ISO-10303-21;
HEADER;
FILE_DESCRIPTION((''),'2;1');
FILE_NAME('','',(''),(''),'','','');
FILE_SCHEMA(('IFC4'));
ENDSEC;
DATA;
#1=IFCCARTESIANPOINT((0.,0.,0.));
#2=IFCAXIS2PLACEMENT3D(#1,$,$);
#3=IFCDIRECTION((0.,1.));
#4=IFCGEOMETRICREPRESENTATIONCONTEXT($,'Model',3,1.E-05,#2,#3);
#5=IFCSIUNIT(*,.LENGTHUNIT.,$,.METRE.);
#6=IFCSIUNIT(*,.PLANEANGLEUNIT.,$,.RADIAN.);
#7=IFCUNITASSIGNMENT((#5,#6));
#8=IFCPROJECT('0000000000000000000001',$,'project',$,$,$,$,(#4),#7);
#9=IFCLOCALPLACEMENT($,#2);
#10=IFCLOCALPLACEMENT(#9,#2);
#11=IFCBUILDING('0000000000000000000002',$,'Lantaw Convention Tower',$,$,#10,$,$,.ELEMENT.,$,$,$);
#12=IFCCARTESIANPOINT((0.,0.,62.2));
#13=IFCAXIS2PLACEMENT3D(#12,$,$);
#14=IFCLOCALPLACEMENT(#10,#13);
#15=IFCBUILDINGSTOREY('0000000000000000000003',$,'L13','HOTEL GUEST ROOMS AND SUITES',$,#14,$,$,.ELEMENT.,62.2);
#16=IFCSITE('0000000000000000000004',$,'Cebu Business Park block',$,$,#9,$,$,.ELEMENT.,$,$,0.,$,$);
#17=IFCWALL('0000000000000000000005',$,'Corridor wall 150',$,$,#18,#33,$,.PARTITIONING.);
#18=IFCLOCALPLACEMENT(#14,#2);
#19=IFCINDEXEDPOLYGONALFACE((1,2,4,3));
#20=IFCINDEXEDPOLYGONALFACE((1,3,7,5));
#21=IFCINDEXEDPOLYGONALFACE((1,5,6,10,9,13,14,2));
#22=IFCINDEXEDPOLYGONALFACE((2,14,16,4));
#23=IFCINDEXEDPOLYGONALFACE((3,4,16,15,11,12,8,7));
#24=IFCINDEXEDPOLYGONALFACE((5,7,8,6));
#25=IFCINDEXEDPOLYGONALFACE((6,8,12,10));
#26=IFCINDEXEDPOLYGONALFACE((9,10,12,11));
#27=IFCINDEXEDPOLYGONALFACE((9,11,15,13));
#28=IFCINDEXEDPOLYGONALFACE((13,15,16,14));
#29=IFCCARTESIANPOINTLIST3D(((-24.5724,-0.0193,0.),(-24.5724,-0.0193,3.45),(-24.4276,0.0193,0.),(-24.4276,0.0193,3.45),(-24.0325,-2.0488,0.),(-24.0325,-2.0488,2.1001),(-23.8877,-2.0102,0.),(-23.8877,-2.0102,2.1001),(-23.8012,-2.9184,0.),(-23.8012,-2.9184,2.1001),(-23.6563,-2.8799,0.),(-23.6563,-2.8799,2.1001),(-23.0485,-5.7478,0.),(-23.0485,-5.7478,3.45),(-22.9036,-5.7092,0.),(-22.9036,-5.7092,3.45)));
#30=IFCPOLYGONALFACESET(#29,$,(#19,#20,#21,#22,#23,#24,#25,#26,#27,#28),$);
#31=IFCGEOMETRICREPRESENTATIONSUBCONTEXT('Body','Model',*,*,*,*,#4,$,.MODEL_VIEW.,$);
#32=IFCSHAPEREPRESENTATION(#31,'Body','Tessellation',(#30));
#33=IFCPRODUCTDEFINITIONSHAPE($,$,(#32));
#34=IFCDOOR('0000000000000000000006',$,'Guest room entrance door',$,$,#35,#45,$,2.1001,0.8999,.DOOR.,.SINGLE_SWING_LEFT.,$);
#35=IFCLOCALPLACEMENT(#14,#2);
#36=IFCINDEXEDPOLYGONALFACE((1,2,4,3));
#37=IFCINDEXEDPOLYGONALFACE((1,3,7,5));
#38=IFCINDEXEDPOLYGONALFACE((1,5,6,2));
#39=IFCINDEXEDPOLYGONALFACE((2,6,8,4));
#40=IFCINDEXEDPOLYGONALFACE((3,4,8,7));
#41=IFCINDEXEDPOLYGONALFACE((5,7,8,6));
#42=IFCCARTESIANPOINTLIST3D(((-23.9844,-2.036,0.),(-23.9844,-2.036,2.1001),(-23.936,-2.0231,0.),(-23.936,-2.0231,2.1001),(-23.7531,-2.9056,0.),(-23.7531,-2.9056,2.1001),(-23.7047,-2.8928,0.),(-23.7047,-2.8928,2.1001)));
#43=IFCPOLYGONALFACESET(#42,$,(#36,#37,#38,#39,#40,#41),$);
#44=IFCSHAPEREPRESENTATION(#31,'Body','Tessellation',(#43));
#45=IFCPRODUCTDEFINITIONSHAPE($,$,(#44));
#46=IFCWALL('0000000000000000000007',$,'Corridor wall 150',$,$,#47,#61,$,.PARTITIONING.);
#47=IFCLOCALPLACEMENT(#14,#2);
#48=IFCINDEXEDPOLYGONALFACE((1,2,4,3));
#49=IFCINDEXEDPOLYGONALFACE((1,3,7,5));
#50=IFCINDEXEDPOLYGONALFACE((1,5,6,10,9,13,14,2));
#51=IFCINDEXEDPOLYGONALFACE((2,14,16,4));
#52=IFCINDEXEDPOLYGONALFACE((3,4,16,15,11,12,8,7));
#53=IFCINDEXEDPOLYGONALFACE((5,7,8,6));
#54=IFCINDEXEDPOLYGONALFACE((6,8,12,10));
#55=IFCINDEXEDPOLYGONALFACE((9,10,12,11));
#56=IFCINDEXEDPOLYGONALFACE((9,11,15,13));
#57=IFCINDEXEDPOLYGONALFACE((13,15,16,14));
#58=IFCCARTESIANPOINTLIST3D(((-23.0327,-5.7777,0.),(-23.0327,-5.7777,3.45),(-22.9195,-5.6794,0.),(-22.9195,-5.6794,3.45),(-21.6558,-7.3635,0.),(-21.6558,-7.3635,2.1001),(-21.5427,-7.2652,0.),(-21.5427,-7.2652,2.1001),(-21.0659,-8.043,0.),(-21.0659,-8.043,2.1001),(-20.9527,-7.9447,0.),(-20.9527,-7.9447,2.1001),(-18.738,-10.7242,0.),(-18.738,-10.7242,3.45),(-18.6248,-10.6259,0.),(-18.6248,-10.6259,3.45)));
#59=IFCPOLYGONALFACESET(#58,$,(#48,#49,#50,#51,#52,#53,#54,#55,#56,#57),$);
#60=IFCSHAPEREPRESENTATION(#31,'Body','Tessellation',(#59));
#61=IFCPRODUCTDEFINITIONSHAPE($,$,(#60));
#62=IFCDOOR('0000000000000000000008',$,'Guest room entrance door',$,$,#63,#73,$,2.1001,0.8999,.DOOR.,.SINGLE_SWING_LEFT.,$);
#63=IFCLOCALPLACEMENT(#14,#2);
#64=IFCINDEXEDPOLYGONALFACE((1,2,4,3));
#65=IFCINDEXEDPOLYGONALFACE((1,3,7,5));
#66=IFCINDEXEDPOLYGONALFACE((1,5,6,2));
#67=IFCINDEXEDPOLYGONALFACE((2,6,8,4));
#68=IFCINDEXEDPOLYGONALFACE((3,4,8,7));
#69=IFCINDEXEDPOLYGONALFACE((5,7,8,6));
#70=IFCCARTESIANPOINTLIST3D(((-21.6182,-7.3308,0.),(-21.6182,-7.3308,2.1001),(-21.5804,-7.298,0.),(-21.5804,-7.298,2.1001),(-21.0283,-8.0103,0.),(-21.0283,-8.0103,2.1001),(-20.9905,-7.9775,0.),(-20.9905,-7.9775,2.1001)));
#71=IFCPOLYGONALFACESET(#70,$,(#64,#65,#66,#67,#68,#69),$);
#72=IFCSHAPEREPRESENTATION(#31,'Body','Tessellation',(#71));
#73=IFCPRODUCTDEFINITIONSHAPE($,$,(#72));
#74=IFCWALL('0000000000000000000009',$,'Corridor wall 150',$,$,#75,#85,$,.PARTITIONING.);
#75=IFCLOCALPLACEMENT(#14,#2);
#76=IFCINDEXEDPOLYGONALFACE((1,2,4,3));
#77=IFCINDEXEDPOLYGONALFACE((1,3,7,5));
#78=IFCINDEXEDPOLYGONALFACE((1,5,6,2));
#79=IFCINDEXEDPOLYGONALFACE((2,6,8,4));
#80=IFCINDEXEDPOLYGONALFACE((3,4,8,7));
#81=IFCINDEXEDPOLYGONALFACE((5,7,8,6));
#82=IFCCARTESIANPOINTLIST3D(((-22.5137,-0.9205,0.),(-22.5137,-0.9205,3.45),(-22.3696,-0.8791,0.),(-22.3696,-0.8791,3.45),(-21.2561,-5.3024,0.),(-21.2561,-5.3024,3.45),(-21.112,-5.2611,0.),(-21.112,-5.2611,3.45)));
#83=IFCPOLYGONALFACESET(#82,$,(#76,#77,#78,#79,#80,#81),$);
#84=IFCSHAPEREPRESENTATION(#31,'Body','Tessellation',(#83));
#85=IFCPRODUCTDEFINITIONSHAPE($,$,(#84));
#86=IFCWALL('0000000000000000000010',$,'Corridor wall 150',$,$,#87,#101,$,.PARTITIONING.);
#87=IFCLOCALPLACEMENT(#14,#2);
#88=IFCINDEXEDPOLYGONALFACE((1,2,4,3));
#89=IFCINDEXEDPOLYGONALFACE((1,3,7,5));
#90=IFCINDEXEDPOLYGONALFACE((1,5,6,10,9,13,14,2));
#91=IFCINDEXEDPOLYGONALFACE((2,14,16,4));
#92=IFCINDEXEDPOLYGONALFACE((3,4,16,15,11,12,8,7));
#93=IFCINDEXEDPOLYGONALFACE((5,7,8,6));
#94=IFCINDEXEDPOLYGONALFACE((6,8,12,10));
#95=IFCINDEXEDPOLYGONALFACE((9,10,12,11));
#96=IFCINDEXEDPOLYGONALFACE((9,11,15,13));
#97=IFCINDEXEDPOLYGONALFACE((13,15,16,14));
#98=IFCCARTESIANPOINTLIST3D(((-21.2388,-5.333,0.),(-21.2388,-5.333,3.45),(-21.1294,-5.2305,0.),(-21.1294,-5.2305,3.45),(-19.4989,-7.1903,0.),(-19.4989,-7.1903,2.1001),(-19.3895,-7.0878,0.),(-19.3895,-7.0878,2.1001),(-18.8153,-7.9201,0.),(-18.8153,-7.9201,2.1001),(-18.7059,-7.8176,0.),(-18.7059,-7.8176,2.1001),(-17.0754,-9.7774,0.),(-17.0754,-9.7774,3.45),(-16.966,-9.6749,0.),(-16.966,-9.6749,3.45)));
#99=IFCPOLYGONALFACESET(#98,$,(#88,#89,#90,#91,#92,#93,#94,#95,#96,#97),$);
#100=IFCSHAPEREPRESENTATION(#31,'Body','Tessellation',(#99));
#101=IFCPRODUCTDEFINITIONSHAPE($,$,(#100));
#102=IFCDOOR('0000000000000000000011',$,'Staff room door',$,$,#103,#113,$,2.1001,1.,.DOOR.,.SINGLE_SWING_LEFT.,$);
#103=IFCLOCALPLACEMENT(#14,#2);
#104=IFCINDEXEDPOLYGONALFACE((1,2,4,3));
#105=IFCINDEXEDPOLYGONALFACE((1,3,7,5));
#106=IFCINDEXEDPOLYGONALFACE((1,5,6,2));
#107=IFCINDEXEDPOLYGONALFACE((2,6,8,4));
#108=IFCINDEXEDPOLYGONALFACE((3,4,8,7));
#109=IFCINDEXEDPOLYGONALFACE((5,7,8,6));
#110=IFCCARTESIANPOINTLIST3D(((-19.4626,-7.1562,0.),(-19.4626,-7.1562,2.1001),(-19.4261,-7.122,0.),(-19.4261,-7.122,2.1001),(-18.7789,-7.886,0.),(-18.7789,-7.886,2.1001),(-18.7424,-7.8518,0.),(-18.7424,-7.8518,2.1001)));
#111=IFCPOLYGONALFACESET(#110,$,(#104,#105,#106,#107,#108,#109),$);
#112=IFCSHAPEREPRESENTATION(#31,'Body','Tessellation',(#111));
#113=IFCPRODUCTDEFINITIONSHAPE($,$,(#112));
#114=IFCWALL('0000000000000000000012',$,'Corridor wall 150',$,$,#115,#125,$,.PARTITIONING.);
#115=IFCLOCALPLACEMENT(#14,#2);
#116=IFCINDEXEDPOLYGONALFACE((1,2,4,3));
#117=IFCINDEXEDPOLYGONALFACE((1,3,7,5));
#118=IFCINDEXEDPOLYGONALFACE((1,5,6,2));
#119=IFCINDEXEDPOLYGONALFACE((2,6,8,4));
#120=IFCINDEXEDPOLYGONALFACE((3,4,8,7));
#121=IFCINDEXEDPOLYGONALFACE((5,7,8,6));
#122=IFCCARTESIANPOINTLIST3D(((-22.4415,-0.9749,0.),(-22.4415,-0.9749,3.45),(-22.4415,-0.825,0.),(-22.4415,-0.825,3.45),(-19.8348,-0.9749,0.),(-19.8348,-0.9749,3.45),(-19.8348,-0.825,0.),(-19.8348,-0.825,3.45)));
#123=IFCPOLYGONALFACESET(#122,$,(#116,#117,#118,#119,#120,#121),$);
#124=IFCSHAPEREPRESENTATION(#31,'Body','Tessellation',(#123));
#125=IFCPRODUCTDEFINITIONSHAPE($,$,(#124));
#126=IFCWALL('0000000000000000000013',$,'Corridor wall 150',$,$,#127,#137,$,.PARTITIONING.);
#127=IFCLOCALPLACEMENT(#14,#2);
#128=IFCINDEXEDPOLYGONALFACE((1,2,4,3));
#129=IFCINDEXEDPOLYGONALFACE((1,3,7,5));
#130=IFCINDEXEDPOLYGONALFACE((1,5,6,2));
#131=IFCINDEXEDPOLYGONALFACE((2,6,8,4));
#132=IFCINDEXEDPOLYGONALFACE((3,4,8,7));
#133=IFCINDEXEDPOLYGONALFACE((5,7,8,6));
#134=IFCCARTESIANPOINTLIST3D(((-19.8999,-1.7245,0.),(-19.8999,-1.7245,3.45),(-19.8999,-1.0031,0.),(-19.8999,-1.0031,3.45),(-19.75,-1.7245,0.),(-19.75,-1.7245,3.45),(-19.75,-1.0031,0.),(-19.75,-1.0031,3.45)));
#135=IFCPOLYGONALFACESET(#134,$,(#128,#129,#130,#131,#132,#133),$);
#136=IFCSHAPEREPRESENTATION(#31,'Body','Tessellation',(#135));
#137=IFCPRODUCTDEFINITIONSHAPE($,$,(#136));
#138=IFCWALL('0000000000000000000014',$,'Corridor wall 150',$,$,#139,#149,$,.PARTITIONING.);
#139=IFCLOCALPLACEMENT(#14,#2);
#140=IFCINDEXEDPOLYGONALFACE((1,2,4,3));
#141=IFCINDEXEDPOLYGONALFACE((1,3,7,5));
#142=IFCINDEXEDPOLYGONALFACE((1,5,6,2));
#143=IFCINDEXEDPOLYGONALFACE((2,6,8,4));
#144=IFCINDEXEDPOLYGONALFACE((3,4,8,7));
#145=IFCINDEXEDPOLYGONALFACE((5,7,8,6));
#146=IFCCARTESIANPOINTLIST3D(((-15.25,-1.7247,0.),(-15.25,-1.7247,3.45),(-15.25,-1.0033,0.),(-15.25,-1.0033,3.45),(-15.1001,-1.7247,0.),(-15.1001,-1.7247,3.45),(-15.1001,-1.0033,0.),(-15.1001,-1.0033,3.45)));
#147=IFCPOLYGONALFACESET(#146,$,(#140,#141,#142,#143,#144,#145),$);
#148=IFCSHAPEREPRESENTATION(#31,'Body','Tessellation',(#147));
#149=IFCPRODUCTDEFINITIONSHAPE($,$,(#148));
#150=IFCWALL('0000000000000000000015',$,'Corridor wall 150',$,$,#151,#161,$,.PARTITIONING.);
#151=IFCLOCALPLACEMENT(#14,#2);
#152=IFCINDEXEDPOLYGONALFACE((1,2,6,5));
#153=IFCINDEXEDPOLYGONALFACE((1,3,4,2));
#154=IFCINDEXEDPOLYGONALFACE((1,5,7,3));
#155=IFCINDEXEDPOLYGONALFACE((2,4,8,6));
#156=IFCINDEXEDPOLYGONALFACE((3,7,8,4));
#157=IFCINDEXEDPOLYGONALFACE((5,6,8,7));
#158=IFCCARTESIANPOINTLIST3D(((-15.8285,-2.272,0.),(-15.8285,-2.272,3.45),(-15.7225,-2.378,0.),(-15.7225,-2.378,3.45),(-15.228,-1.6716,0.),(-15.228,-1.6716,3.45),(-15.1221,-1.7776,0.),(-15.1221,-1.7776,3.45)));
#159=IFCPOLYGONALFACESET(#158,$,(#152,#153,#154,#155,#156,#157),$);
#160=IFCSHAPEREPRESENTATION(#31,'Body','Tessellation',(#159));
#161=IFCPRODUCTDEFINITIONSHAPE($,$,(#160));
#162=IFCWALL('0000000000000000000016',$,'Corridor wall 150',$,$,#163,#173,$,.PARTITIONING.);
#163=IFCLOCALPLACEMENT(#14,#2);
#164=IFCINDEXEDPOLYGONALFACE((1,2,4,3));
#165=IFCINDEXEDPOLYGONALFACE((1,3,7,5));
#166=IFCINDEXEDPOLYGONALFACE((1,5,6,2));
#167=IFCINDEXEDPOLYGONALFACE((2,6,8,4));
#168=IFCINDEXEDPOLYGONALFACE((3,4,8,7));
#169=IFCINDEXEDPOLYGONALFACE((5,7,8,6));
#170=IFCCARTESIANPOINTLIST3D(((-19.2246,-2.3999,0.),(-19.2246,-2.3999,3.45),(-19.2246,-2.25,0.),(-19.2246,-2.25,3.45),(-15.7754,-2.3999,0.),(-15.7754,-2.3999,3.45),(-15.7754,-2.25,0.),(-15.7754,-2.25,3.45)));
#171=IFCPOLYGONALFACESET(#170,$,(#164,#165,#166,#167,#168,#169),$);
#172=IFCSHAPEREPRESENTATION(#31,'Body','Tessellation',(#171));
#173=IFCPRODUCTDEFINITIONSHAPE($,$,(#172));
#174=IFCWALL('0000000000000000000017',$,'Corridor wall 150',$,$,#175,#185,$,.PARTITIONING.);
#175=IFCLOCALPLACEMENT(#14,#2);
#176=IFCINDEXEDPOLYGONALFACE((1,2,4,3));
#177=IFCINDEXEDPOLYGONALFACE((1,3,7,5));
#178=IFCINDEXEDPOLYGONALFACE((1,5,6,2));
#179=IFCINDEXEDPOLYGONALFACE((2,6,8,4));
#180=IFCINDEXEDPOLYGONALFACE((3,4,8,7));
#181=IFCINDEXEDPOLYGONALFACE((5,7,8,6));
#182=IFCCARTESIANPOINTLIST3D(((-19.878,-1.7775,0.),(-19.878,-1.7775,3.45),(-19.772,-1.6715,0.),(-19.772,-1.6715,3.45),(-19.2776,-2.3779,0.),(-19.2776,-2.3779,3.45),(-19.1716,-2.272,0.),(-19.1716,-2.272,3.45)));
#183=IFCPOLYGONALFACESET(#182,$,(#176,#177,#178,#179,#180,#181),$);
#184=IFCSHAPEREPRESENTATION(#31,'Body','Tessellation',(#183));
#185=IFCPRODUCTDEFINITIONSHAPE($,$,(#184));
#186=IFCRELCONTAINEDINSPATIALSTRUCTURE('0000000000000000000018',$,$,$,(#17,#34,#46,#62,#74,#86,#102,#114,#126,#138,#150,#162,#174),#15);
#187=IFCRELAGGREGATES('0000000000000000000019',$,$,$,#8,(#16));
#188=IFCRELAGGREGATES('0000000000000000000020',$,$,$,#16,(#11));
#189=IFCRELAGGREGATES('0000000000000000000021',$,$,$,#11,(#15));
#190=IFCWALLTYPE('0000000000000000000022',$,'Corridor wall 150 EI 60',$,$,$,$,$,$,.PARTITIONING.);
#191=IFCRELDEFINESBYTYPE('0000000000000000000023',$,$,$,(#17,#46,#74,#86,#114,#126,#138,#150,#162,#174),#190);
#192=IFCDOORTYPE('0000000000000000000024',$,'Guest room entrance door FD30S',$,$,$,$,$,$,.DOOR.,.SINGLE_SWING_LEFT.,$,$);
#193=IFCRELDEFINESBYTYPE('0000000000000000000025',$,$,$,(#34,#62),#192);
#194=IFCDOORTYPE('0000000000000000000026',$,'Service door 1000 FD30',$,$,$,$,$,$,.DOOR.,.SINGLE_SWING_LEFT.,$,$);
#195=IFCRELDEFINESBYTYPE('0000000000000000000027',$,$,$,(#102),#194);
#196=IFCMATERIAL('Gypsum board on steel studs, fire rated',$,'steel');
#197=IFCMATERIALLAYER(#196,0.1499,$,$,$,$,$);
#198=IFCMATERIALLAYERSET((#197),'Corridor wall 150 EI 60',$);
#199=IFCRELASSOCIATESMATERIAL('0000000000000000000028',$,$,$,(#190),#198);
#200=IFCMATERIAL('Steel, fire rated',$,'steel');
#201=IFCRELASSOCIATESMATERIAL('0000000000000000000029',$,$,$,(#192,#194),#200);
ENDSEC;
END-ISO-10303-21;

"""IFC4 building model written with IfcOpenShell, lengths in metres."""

from ifc_helpers import new_model, si_unit, direction, frame, frame_2d, origin, place, context, subcontext, project, spatial, rectangle, extrude, material, layer, layer_set, type_object, element, fill, save


model = new_model("IFC4")

# Units and contexts
model_context = context("Model", 3, precision=1e-05, world=origin(), true_north=direction((0.0, 1.0)))
body_context = subcontext(model_context, "Body", "Model", "MODEL_VIEW")
ifc_project = project(units=[si_unit("LENGTHUNIT", "METRE"), si_unit("PLANEANGLEUNIT", "RADIAN")], contexts=[model_context])

# Site, building, storey
site_placement = place(None, origin())
site = spatial("IfcSite", under=ifc_project, at=site_placement, Name="Cebu Business Park block", CompositionType="ELEMENT", RefElevation=0.0)
building_placement = place(site_placement, origin())
building = spatial("IfcBuilding", under=site, at=building_placement, Name="Lantaw Convention Tower", CompositionType="ELEMENT")
storey_placement = place(building_placement, frame((0.0, 0.0, 62.2)))
storey = spatial("IfcBuildingStorey", under=building, at=storey_placement, Name="L13", Description="HOTEL GUEST ROOMS AND SUITES", CompositionType="ELEMENT", Elevation=62.2)

# Walls, openings, doors
ifc_material_1 = material(Name="Gypsum board on steel studs, fire rated", Category="steel")
ifc_layer_1 = layer(ifc_material_1, 0.1499)
ifc_layer_set_1 = layer_set([ifc_layer_1], Name="Corridor wall 150 EI 60")
wall_type_1 = type_object("IfcWallType", Name="Corridor wall 150 EI 60", PredefinedType="PARTITIONING", material=ifc_layer_set_1)
wall_1_placement = place(storey_placement, frame((-24.5, 0.0, 0.0), z_axis=(0.0, 0.0, 1.0), x_axis=(0.257083, -0.966389, 0.0)))
wall_1 = element("IfcWall", 1, at=wall_1_placement, inside=storey, type_object=wall_type_1, Name="Corridor wall 150", PredefinedType="PARTITIONING", context=body_context, shape_type="SweptSolid", body=[
    extrude(rectangle(XDim=5.9277, YDim=0.1499, at=frame_2d((2.9639, 0.0))), origin(), (0.0, 0.0, 1.0), 3.45),
])
opening_1_placement = place(wall_1_placement, frame((2.1001, 0.0, 0.0)))
opening_1 = element("IfcOpeningElement", 2, at=opening_1_placement, cuts=wall_1, PredefinedType="OPENING", context=body_context, shape_type="SweptSolid", body=[
    extrude(rectangle(XDim=0.8999, YDim=2.1001, at=frame_2d((0.45, 1.05))), frame((0.0, 0.085, 0.0), z_axis=(0.0, -1.0, 0.0), x_axis=(1.0, 0.0, 0.0)), (0.0, 0.0, 1.0), 0.1699),
])
ifc_material_2 = material(Name="Steel, fire rated", Category="steel")
door_type_1 = type_object("IfcDoorType", Name="Guest room entrance door FD30S", OperationType="SINGLE_SWING_LEFT", PredefinedType="DOOR", material=ifc_material_2)
door_1_placement = place(opening_1_placement, origin())
door_1 = element("IfcDoor", 3, at=door_1_placement, inside=storey, type_object=door_type_1, Name="Guest room entrance door", OperationType="SINGLE_SWING_LEFT", OverallHeight=2.1001, OverallWidth=0.8999, PredefinedType="DOOR", context=body_context, shape_type="SweptSolid", body=[
    extrude(rectangle(XDim=0.8999, YDim=2.1001, at=frame_2d((0.45, 1.05))), frame((0.0, 0.0249, 0.0), z_axis=(0.0, -1.0, 0.0), x_axis=(1.0, 0.0, 0.0)), (0.0, 0.0, 1.0), 0.05),
])
fill(opening_1, door_1)
wall_2_placement = place(storey_placement, frame((-22.9761, -5.7285, 0.0), z_axis=(0.0, 0.0, 1.0), x_axis=(0.6556, -0.755108, 0.0)))
wall_2 = element("IfcWall", 4, at=wall_2_placement, inside=storey, type_object=wall_type_1, Name="Corridor wall 150", PredefinedType="PARTITIONING", context=body_context, shape_type="SweptSolid", body=[
    extrude(rectangle(XDim=6.5508, YDim=0.1499, at=frame_2d((3.2754, 0.0))), origin(), (0.0, 0.0, 1.0), 3.45),
])
opening_2_placement = place(wall_2_placement, frame((2.1001, 0.0, 0.0)))
opening_2 = element("IfcOpeningElement", 5, at=opening_2_placement, cuts=wall_2, PredefinedType="OPENING", context=body_context, shape_type="SweptSolid", body=[
    extrude(rectangle(XDim=0.8999, YDim=2.1001, at=frame_2d((0.45, 1.05))), frame((0.0, 0.085, 0.0), z_axis=(0.0, -1.0, 0.0), x_axis=(1.0, 0.0, 0.0)), (0.0, 0.0, 1.0), 0.1699),
])
door_2_placement = place(opening_2_placement, origin())
door_2 = element("IfcDoor", 6, at=door_2_placement, inside=storey, type_object=door_type_1, Name="Guest room entrance door", OperationType="SINGLE_SWING_LEFT", OverallHeight=2.1001, OverallWidth=0.8999, PredefinedType="DOOR", context=body_context, shape_type="SweptSolid", body=[
    extrude(rectangle(XDim=0.8999, YDim=2.1001, at=frame_2d((0.45, 1.05))), frame((0.0, 0.0249, 0.0), z_axis=(0.0, -1.0, 0.0), x_axis=(1.0, 0.0, 0.0)), (0.0, 0.0, 1.0), 0.05),
])
fill(opening_2, door_2)

# Wall
wall_3_placement = place(storey_placement, frame((-22.4417, -0.8999, 0.0), z_axis=(0.0, 0.0, 1.0), x_axis=(0.27586, -0.961198, 0.0)))
element("IfcWall", 7, at=wall_3_placement, inside=storey, type_object=wall_type_1, Name="Corridor wall 150", PredefinedType="PARTITIONING", context=body_context, shape_type="SweptSolid", body=[
    extrude(rectangle(XDim=4.5588, YDim=0.1499, at=frame_2d((2.2793, 0.0))), origin(), (0.0, 0.0, 1.0), 3.45),
])

# Wall, opening, door
wall_4_placement = place(storey_placement, frame((-21.1841, -5.2817, 0.0), z_axis=(0.0, 0.0, 1.0), x_axis=(0.683658, -0.729802, 0.0)))
wall_4 = element("IfcWall", 8, at=wall_4_placement, inside=storey, type_object=wall_type_1, Name="Corridor wall 150", PredefinedType="PARTITIONING", context=body_context, shape_type="SweptSolid", body=[
    extrude(rectangle(XDim=6.0898, YDim=0.1499, at=frame_2d((3.0449, 0.0))), origin(), (0.0, 0.0, 1.0), 3.45),
])
opening_3_placement = place(wall_4_placement, frame((2.5449, 0.0, 0.0)))
opening_3 = element("IfcOpeningElement", 9, at=opening_3_placement, cuts=wall_4, PredefinedType="OPENING", context=body_context, shape_type="SweptSolid", body=[
    extrude(rectangle(XDim=1.0, YDim=2.1001, at=frame_2d((0.5, 1.05))), frame((0.0, 0.085, 0.0), z_axis=(0.0, -1.0, 0.0), x_axis=(1.0, 0.0, 0.0)), (0.0, 0.0, 1.0), 0.1699),
])
door_type_2 = type_object("IfcDoorType", Name="Service door 1000 FD30", OperationType="SINGLE_SWING_LEFT", PredefinedType="DOOR", material=ifc_material_2)
door_3_placement = place(opening_3_placement, origin())
door_3 = element("IfcDoor", 10, at=door_3_placement, inside=storey, type_object=door_type_2, Name="Staff room door", OperationType="SINGLE_SWING_LEFT", OverallHeight=2.1001, OverallWidth=1.0, PredefinedType="DOOR", context=body_context, shape_type="SweptSolid", body=[
    extrude(rectangle(XDim=1.0, YDim=2.1001, at=frame_2d((0.5, 1.05))), frame((0.0, 0.0249, 0.0), z_axis=(0.0, -1.0, 0.0), x_axis=(1.0, 0.0, 0.0)), (0.0, 0.0, 1.0), 0.05),
])
fill(opening_3, door_3)

# Walls
wall_5_placement = place(storey_placement, frame((-19.835, -0.8999, 0.0), z_axis=(0.0, 0.0, 1.0), x_axis=(-1.0, 0.0, 0.0)))
element("IfcWall", 11, at=wall_5_placement, inside=storey, type_object=wall_type_1, Name="Corridor wall 150", PredefinedType="PARTITIONING", context=body_context, shape_type="SweptSolid", body=[
    extrude(rectangle(XDim=2.6067, YDim=0.1499, at=frame_2d((1.3032, 0.0))), origin(), (0.0, 0.0, 1.0), 3.45),
])
for number, where, z_axis, x_axis, name in (
    (12, (-19.825, -1.7246, 0.0), (0.0, 0.0, 1.0), (0.0, 1.0, 0.0), "Corridor wall 150"),
    (13, (-15.175, -1.0032, 0.0), (0.0, 0.0, 1.0), (0.0, -1.0, 0.0), "Corridor wall 150"),
):
    element("IfcWall", number, at=place(storey_placement, frame(where, z_axis=z_axis, x_axis=x_axis)), inside=storey, type_object=wall_type_1, Name=name, PredefinedType="PARTITIONING", context=body_context, shape_type="SweptSolid", body=[
        extrude(rectangle(XDim=0.7214, YDim=0.1499, at=frame_2d((0.3608, 0.0))), origin(), (0.0, 0.0, 1.0), 3.45),
    ])
wall_6_placement = place(storey_placement, frame((-15.175, -1.7246, 0.0), z_axis=(0.0, 0.0, 1.0), x_axis=(-0.707107, -0.707107, 0.0)))
element("IfcWall", 14, at=wall_6_placement, inside=storey, type_object=wall_type_1, Name="Corridor wall 150", PredefinedType="PARTITIONING", context=body_context, shape_type="SweptSolid", body=[
    extrude(rectangle(XDim=0.8491, YDim=0.1499, at=frame_2d((0.4246, 0.0))), origin(), (0.0, 0.0, 1.0), 3.45),
])
wall_7_placement = place(storey_placement, frame((-15.7754, -2.325, 0.0), z_axis=(0.0, 0.0, 1.0), x_axis=(-1.0, 0.0, 0.0)))
element("IfcWall", 15, at=wall_7_placement, inside=storey, type_object=wall_type_1, Name="Corridor wall 150", PredefinedType="PARTITIONING", context=body_context, shape_type="SweptSolid", body=[
    extrude(rectangle(XDim=3.4492, YDim=0.1499, at=frame_2d((1.7246, 0.0))), origin(), (0.0, 0.0, 1.0), 3.45),
])
wall_8_placement = place(storey_placement, frame((-19.2246, -2.325, 0.0), z_axis=(0.0, 0.0, 1.0), x_axis=(-0.707107, 0.707107, 0.0)))
element("IfcWall", 16, at=wall_8_placement, inside=storey, type_object=wall_type_1, Name="Corridor wall 150", PredefinedType="PARTITIONING", context=body_context, shape_type="SweptSolid", body=[
    extrude(rectangle(XDim=0.8491, YDim=0.1499, at=frame_2d((0.4246, 0.0))), origin(), (0.0, 0.0, 1.0), 3.45),
])

save(model, "model.ifc")
